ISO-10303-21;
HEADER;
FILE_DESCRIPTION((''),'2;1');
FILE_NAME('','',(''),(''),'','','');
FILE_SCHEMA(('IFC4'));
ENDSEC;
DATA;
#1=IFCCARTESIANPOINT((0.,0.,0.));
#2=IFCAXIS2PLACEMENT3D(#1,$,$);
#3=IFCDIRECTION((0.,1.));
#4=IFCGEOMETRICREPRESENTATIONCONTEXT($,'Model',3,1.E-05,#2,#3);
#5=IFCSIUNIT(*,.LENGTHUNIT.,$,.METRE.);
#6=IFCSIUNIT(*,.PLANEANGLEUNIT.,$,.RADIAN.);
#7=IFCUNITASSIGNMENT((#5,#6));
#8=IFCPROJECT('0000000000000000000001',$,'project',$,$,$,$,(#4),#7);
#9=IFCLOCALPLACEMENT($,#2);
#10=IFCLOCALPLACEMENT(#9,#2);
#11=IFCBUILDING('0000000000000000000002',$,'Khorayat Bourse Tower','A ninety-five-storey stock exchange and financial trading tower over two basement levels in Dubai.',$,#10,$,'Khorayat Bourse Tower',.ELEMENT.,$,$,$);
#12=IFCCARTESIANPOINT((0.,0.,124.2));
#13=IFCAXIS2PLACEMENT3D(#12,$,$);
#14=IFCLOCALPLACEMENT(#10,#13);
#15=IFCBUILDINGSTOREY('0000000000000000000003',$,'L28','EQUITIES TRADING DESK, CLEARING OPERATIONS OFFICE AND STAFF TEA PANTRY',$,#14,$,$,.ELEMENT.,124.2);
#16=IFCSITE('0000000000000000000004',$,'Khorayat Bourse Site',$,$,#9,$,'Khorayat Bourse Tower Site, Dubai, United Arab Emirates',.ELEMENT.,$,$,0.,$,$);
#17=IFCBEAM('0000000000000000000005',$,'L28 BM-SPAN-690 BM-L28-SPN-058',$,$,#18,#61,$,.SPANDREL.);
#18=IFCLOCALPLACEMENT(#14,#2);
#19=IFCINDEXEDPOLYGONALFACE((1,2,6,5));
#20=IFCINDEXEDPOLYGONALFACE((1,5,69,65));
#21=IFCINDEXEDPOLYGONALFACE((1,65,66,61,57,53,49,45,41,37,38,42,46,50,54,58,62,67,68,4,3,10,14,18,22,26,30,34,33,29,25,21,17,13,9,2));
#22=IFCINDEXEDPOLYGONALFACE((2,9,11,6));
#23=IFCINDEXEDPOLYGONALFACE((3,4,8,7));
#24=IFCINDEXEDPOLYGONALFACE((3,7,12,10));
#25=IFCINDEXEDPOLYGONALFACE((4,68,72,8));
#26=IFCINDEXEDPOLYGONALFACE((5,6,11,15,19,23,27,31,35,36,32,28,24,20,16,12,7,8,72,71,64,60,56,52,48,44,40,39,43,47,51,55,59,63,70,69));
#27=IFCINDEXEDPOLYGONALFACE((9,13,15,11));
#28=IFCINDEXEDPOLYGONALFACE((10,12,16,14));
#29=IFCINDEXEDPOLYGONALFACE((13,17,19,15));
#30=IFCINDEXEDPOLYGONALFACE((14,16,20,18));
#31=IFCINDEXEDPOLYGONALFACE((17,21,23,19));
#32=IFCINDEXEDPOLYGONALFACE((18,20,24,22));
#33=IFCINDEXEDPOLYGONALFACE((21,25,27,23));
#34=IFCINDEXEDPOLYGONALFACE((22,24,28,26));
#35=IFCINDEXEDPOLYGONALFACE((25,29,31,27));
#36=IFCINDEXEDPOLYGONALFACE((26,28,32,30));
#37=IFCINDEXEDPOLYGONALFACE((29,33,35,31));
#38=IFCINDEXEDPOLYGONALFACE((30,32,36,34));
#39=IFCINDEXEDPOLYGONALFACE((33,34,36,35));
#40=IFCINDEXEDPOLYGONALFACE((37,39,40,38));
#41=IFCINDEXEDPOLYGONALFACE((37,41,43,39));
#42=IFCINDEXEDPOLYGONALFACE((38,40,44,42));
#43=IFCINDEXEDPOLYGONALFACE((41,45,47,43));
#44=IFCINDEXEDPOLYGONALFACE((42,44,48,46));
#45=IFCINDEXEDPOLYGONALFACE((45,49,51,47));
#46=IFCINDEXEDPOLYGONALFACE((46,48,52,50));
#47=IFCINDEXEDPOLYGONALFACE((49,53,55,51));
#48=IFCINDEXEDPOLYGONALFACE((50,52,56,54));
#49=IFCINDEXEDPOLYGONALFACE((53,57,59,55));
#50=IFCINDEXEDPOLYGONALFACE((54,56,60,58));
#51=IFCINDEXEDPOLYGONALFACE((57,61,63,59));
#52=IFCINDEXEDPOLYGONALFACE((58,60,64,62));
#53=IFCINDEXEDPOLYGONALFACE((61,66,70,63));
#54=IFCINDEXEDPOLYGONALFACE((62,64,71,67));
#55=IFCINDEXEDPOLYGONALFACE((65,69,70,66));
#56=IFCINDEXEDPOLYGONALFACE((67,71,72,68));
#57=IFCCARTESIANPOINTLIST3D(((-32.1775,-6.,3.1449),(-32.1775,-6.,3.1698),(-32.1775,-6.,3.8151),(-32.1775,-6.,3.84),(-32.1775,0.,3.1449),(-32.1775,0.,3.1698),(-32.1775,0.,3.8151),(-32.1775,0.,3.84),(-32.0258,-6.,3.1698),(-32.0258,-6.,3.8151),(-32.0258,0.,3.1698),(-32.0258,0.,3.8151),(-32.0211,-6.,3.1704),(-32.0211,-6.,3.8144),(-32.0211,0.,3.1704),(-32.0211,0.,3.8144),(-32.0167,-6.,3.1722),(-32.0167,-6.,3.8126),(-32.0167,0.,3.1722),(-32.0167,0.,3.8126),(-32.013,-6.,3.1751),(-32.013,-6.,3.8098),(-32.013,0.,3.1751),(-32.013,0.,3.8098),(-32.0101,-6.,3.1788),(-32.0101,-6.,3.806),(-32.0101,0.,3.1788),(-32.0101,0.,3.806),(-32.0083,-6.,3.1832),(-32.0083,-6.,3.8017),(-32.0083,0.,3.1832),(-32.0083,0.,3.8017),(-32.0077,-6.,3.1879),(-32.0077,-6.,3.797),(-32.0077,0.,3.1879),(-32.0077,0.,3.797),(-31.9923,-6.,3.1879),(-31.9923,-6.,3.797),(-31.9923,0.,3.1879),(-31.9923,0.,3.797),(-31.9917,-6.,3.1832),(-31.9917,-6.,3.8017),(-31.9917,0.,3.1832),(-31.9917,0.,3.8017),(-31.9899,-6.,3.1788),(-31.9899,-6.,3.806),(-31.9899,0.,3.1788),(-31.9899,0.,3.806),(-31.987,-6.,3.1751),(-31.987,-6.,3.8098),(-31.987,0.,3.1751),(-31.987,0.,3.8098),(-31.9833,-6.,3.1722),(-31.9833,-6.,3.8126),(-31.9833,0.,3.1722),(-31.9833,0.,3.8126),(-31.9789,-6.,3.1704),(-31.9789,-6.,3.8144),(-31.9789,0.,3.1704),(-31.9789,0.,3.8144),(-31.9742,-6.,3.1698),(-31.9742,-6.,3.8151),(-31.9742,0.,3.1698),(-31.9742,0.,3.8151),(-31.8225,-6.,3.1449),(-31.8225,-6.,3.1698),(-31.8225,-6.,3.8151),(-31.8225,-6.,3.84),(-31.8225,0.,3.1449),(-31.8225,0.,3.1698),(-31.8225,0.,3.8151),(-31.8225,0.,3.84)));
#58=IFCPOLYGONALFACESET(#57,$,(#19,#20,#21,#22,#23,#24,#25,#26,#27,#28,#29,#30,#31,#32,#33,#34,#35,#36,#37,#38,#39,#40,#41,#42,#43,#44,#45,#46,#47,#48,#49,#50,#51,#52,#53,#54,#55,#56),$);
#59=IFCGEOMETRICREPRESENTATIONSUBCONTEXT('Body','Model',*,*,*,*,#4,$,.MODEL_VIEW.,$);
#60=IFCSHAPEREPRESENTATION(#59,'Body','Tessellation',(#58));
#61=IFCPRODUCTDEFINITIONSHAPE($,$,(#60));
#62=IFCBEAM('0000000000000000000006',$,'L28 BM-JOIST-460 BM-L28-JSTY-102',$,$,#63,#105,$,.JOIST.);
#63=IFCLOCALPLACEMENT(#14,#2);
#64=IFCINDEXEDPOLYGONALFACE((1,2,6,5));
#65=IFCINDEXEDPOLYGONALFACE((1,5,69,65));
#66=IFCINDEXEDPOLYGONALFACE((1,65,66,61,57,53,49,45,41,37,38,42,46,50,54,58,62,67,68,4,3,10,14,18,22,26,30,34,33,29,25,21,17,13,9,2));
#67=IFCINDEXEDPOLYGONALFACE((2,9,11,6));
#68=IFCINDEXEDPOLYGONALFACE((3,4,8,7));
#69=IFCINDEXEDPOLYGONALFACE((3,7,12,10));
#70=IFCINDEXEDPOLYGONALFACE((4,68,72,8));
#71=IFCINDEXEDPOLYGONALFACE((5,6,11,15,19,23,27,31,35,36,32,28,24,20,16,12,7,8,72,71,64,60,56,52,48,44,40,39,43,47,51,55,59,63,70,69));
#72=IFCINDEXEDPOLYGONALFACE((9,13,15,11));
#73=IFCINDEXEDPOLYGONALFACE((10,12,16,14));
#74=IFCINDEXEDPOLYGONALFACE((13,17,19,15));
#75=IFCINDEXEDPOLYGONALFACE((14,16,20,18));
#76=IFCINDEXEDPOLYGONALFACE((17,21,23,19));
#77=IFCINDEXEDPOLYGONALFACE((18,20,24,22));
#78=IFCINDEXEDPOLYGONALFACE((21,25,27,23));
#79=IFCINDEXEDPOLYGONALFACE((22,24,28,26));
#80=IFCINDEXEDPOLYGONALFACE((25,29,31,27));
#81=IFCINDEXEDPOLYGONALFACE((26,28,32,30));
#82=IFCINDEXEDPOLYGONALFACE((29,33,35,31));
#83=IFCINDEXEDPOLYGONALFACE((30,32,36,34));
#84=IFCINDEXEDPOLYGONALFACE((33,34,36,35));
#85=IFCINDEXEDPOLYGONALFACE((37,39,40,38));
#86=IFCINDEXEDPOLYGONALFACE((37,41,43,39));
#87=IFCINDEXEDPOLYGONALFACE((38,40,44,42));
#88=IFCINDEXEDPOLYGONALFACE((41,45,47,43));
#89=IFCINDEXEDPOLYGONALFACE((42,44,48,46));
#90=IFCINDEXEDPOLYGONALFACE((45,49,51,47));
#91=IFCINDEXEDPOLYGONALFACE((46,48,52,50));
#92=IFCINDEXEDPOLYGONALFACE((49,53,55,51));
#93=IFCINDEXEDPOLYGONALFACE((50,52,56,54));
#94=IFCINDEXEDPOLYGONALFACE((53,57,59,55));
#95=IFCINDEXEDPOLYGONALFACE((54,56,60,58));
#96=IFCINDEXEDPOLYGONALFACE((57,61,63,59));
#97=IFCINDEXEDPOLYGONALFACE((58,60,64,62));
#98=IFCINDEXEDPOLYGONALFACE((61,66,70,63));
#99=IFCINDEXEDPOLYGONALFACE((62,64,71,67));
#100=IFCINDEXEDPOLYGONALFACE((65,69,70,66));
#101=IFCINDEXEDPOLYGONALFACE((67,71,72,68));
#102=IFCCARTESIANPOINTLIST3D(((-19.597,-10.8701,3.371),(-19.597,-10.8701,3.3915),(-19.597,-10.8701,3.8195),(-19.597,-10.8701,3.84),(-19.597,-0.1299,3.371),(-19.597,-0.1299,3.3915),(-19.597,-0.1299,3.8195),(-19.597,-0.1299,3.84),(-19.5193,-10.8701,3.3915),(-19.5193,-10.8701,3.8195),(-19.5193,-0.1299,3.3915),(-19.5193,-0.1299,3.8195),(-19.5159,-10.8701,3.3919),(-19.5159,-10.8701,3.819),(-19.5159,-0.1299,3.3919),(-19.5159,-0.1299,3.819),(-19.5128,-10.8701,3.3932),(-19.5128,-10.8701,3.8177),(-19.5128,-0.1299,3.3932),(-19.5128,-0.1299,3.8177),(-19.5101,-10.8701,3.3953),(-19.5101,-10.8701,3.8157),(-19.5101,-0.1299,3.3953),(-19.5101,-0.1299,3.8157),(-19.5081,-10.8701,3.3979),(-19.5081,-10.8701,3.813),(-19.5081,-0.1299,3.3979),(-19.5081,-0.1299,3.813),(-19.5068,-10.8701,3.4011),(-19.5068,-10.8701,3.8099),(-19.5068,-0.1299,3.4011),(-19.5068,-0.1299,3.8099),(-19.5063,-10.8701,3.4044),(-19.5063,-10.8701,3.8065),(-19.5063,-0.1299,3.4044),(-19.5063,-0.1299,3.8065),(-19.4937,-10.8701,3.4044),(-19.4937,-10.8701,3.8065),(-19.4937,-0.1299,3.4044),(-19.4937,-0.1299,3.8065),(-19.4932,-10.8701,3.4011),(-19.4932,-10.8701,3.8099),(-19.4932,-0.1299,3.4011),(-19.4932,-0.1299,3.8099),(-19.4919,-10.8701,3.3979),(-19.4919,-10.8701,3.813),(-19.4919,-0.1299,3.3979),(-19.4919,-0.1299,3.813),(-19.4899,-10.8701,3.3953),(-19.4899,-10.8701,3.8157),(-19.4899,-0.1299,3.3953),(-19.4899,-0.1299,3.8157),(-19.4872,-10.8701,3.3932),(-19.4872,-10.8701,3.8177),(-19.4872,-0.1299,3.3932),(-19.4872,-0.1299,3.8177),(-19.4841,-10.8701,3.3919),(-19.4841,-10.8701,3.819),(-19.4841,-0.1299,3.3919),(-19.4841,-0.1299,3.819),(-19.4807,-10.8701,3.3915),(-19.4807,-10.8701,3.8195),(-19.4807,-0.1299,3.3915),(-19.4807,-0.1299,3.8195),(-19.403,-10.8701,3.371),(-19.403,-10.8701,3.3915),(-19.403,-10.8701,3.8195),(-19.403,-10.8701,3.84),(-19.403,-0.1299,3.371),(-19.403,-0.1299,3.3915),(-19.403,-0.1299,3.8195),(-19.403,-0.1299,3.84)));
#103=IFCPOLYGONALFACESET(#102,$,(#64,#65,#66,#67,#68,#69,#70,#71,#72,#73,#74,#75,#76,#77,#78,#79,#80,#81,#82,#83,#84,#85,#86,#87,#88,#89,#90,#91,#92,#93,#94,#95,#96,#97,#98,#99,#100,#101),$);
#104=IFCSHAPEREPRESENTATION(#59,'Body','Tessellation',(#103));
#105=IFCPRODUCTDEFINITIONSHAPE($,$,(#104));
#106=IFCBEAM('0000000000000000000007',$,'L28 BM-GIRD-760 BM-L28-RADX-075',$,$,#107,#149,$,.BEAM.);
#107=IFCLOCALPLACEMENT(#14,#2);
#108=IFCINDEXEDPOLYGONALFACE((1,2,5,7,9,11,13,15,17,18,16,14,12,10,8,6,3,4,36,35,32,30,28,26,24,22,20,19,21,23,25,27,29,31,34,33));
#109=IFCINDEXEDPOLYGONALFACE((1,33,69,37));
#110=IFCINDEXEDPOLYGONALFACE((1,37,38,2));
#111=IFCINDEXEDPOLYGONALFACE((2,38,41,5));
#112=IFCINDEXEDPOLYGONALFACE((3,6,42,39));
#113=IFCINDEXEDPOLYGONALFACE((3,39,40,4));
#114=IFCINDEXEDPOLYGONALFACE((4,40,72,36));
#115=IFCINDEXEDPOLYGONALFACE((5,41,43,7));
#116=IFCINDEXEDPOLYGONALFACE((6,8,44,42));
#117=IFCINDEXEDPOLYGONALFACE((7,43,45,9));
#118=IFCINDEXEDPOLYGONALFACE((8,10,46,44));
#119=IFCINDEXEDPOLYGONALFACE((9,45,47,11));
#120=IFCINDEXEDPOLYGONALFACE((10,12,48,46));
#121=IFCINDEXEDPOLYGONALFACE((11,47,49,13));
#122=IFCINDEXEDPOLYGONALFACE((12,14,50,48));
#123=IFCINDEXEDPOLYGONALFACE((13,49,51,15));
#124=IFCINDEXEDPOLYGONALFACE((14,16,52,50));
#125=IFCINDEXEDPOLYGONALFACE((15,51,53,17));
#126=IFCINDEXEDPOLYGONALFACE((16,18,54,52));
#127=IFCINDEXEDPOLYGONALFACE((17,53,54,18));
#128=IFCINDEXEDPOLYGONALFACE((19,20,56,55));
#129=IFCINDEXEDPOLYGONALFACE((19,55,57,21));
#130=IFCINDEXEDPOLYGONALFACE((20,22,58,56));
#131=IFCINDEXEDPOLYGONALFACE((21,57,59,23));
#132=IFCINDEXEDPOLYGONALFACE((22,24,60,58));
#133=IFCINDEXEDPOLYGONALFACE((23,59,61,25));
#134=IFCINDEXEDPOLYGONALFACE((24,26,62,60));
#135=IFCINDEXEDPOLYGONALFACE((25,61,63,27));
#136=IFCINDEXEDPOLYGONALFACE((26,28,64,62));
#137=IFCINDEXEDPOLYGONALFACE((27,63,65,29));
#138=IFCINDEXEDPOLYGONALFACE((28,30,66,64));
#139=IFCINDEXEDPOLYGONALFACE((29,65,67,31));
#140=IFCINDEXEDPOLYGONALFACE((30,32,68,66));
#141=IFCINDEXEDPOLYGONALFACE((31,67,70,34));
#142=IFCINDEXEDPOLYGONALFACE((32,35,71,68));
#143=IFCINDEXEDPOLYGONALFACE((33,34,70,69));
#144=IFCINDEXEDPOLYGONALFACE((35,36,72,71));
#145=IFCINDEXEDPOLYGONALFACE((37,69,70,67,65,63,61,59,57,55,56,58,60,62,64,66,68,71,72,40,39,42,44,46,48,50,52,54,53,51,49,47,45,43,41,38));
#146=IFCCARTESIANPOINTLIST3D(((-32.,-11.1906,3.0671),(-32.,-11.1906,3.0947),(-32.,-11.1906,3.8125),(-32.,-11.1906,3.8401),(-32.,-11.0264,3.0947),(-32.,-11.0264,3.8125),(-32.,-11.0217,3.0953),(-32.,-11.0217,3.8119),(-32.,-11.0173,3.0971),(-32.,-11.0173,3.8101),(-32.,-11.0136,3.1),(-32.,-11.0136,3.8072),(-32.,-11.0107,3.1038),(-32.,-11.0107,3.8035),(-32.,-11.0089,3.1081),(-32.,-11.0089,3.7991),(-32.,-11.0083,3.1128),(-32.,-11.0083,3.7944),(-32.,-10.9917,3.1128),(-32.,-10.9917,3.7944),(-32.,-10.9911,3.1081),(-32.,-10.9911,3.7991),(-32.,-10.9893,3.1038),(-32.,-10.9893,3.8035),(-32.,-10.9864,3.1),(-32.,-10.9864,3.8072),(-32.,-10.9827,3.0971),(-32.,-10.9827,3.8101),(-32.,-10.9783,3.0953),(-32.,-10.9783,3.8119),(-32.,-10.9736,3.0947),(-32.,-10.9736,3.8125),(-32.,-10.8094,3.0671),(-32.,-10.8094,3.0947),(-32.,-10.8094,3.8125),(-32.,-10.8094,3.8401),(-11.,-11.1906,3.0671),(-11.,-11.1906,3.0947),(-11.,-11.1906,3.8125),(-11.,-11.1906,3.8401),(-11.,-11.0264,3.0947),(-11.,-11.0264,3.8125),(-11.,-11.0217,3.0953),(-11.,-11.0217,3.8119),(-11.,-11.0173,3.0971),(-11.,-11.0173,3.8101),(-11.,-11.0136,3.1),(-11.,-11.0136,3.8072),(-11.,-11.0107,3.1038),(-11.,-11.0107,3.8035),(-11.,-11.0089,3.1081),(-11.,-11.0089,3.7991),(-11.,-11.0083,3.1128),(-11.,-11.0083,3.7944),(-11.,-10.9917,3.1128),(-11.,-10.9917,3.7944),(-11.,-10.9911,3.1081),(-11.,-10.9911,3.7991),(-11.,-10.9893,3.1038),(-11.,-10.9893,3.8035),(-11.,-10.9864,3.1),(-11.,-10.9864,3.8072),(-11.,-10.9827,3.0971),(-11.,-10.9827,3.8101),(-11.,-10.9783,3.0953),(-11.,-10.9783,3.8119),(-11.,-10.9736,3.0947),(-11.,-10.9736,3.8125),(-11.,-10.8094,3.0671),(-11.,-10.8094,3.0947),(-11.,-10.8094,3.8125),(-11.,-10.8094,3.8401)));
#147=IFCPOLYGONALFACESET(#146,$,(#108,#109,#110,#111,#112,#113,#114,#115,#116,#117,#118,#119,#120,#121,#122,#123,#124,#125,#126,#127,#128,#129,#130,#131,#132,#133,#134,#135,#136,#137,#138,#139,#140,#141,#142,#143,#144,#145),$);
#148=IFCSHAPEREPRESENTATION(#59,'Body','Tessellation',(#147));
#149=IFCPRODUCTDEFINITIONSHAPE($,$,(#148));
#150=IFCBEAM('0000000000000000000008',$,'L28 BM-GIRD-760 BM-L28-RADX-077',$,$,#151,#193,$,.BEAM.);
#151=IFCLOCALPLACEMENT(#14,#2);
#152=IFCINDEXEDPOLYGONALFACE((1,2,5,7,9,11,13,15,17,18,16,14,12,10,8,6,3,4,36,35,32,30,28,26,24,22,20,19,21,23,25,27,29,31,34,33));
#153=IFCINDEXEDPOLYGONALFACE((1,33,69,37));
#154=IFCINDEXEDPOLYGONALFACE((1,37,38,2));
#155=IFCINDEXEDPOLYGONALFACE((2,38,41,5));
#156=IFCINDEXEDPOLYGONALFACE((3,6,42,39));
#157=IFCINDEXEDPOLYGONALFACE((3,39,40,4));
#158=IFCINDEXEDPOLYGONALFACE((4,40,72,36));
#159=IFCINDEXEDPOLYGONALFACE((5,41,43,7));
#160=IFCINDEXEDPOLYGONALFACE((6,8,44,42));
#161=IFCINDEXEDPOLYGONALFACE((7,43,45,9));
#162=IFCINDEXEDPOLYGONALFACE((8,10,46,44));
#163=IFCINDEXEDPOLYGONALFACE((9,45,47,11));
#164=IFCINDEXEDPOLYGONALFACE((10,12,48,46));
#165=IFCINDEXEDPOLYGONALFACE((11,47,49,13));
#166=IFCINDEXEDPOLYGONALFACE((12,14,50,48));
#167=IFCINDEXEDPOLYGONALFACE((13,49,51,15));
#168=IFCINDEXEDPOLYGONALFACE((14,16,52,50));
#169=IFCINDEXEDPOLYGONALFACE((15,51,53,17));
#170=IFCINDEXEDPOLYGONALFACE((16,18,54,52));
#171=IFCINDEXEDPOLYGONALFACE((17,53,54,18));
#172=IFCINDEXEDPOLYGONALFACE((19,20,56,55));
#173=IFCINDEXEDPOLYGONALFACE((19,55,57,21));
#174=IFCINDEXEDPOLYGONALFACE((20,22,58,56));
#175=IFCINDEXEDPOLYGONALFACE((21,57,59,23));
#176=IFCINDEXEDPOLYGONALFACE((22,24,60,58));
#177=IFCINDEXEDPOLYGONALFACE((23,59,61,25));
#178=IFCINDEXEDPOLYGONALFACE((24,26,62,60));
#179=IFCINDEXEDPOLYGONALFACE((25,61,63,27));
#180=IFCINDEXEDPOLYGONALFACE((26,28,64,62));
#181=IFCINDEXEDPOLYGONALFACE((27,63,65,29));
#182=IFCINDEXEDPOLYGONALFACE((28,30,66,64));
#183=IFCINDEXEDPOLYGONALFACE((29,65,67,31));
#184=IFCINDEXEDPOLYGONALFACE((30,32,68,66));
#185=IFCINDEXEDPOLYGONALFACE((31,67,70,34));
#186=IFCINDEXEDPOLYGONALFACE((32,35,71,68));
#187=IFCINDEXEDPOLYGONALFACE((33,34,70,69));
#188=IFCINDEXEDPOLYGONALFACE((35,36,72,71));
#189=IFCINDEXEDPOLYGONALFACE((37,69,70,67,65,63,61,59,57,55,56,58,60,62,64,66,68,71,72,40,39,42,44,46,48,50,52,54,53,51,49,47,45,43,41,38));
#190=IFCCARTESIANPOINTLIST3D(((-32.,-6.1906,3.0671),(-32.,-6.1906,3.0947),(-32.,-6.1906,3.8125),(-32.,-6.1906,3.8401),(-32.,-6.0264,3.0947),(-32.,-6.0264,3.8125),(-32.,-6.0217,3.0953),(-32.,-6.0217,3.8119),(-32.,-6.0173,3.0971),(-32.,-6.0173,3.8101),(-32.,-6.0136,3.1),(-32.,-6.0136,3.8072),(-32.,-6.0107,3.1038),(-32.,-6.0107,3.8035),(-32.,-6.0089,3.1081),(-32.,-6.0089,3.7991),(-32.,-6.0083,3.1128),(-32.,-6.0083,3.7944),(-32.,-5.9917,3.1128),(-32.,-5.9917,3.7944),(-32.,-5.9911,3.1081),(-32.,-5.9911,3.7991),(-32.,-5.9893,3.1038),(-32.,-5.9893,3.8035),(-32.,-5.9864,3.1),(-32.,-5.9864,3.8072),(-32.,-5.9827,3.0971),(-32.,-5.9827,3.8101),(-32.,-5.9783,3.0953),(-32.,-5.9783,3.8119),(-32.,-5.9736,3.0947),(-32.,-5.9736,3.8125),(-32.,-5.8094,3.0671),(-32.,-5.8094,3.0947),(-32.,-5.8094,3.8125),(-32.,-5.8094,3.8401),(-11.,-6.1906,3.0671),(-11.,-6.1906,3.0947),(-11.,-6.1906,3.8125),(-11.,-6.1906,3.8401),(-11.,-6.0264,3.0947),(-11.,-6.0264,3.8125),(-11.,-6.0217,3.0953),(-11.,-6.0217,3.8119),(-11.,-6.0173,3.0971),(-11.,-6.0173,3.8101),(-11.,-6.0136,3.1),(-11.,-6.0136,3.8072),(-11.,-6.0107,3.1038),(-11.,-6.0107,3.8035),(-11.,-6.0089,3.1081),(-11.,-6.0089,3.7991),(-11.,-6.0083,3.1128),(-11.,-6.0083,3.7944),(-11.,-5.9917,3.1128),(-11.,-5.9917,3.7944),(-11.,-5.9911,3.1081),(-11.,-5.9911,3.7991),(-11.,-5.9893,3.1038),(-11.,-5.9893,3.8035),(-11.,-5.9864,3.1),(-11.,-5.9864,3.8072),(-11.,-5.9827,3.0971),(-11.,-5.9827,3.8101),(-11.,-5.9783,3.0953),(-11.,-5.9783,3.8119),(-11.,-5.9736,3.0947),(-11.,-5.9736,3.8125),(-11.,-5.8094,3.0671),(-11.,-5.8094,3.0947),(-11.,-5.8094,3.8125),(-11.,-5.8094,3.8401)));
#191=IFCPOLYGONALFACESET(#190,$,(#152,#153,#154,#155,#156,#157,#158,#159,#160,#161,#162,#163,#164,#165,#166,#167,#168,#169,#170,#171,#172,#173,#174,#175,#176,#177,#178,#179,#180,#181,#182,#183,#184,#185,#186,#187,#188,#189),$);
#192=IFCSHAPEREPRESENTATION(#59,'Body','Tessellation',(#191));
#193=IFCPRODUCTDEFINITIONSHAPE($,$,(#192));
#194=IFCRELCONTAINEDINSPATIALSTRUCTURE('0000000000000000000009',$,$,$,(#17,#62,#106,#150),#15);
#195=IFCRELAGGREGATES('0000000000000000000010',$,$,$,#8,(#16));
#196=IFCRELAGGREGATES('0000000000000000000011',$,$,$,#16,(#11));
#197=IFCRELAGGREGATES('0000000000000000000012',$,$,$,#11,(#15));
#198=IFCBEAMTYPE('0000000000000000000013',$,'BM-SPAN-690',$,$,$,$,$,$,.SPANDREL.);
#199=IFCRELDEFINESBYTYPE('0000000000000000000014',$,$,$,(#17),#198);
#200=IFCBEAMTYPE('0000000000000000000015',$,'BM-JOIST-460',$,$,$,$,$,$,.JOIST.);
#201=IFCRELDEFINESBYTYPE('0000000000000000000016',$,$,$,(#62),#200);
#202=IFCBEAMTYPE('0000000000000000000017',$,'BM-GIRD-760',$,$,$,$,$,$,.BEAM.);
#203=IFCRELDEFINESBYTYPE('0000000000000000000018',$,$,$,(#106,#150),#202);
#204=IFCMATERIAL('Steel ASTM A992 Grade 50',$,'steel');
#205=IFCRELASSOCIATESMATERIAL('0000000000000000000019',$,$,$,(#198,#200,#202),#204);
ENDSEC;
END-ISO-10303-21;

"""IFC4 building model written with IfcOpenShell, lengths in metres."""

from ifc_helpers import new_model, si_unit, direction, frame, origin, origin_2d, place, context, subcontext, project, spatial, i_section, extrude, source, transform, mapped, material, material_profile, profile_set, type_object, element, save


model = new_model("IFC4")

# Units and contexts
model_context = context("Model", 3, precision=1e-05, world=origin(), true_north=direction((0.0, 1.0)))
body_context = subcontext(model_context, "Body", "Model", "MODEL_VIEW")
ifc_project = project(units=[si_unit("LENGTHUNIT", "METRE"), si_unit("PLANEANGLEUNIT", "RADIAN")], contexts=[model_context])

# Site, building, storey
site_placement = place(None, origin())
site = spatial("IfcSite", under=ifc_project, at=site_placement, Name="Khorayat Bourse Site", LongName="Khorayat Bourse Tower Site, Dubai, United Arab Emirates", CompositionType="ELEMENT", RefElevation=0.0)
building_placement = place(site_placement, origin())
building = spatial("IfcBuilding", under=site, at=building_placement, Name="Khorayat Bourse Tower", Description="A ninety-five-storey stock exchange and financial trading tower over two basement levels in Dubai.", LongName="Khorayat Bourse Tower", CompositionType="ELEMENT")
storey_placement = place(building_placement, frame((0.0, 0.0, 124.2)))
storey = spatial("IfcBuildingStorey", under=building, at=storey_placement, Name="L28", Description="EQUITIES TRADING DESK, CLEARING OPERATIONS OFFICE AND STAFF TEA PANTRY", CompositionType="ELEMENT", Elevation=124.2)

# Beams
ifc_material_1 = material(Name="Steel ASTM A992 Grade 50", Category="steel")
ifc_material_profile_1 = material_profile(ifc_material_1, i_section(OverallWidth=0.355, OverallDepth=0.6951, WebThickness=0.0154, FlangeThickness=0.0249, FilletRadius=0.0181, at=origin_2d()), Name="W690X217")
ifc_profile_set_1 = profile_set([ifc_material_profile_1], Name="Steel ASTM A992 Grade 50")
beam_type_1 = type_object("IfcBeamType", Name="BM-SPAN-690", PredefinedType="SPANDREL", material=ifc_profile_set_1)
shared_shape_1 = source(origin(), body_context, "Body", "SweptSolid", [
    extrude(i_section(OverallWidth=0.355, OverallDepth=0.6951, WebThickness=0.0154, FlangeThickness=0.0249, FilletRadius=0.0181, at=origin_2d()), origin(), (0.0, 0.0, 1.0), 6.0),
])
beam_1_placement = place(storey_placement, frame((-32.0, -6.0, 3.4924), z_axis=(0.0, 1.0, 0.0), x_axis=(-1.0, 0.0, 0.0)))
element("IfcBeam", 1, at=beam_1_placement, inside=storey, type_object=beam_type_1, Name="L28 BM-SPAN-690 BM-L28-SPN-058", PredefinedType="SPANDREL", context=body_context, shape_type="MappedRepresentation", body=[
    mapped(shared_shape_1, transform((0.0, 0.0, 0.0), scale=1.0)),
])
ifc_material_profile_2 = material_profile(ifc_material_1, i_section(OverallWidth=0.1941, OverallDepth=0.469, WebThickness=0.0127, FlangeThickness=0.0205, FilletRadius=0.0129, at=origin_2d()), Name="W460X106")
ifc_profile_set_2 = profile_set([ifc_material_profile_2], Name="Steel ASTM A992 Grade 50")
beam_type_2 = type_object("IfcBeamType", Name="BM-JOIST-460", PredefinedType="JOIST", material=ifc_profile_set_2)
shared_shape_2 = source(origin(), body_context, "Body", "SweptSolid", [
    extrude(i_section(OverallWidth=0.1941, OverallDepth=0.469, WebThickness=0.0127, FlangeThickness=0.0205, FilletRadius=0.0129, at=origin_2d()), origin(), (0.0, 0.0, 1.0), 10.7402),
])
beam_2_placement = place(storey_placement, frame((-19.5, -10.8701, 3.6055), z_axis=(0.0, 1.0, 0.0), x_axis=(-1.0, 0.0, 0.0)))
element("IfcBeam", 2, at=beam_2_placement, inside=storey, type_object=beam_type_2, Name="L28 BM-JOIST-460 BM-L28-JSTY-102", PredefinedType="JOIST", context=body_context, shape_type="MappedRepresentation", body=[
    mapped(shared_shape_2, transform((0.0, 0.0, 0.0), scale=1.0)),
])
ifc_material_profile_3 = material_profile(ifc_material_1, i_section(OverallWidth=0.3811, OverallDepth=0.7729, WebThickness=0.0166, FlangeThickness=0.0276, FilletRadius=0.0181, at=origin_2d()), Name="W760X257")
ifc_profile_set_3 = profile_set([ifc_material_profile_3], Name="Steel ASTM A992 Grade 50")
beam_type_3 = type_object("IfcBeamType", Name="BM-GIRD-760", PredefinedType="BEAM", material=ifc_profile_set_3)
shared_shape_3 = source(origin(), body_context, "Body", "SweptSolid", [
    extrude(i_section(OverallWidth=0.3811, OverallDepth=0.7729, WebThickness=0.0166, FlangeThickness=0.0276, FilletRadius=0.0181, at=origin_2d()), origin(), (0.0, 0.0, 1.0), 21.0),
])
for number, where, z_axis, x_axis, name in (
    (3, (-32.0, -11.0, 3.4536), (1.0, 0.0, 0.0), (0.0, 1.0, 0.0), "L28 BM-GIRD-760 BM-L28-RADX-075"),
    (4, (-32.0, -6.0, 3.4536), (1.0, 0.0, 0.0), (0.0, 1.0, 0.0), "L28 BM-GIRD-760 BM-L28-RADX-077"),
):
    element("IfcBeam", number, at=place(storey_placement, frame(where, z_axis=z_axis, x_axis=x_axis)), inside=storey, type_object=beam_type_3, Name=name, PredefinedType="BEAM", context=body_context, shape_type="MappedRepresentation", body=[
        mapped(shared_shape_3, transform((0.0, 0.0, 0.0), scale=1.0)),
    ])

save(model, "model.ifc")
